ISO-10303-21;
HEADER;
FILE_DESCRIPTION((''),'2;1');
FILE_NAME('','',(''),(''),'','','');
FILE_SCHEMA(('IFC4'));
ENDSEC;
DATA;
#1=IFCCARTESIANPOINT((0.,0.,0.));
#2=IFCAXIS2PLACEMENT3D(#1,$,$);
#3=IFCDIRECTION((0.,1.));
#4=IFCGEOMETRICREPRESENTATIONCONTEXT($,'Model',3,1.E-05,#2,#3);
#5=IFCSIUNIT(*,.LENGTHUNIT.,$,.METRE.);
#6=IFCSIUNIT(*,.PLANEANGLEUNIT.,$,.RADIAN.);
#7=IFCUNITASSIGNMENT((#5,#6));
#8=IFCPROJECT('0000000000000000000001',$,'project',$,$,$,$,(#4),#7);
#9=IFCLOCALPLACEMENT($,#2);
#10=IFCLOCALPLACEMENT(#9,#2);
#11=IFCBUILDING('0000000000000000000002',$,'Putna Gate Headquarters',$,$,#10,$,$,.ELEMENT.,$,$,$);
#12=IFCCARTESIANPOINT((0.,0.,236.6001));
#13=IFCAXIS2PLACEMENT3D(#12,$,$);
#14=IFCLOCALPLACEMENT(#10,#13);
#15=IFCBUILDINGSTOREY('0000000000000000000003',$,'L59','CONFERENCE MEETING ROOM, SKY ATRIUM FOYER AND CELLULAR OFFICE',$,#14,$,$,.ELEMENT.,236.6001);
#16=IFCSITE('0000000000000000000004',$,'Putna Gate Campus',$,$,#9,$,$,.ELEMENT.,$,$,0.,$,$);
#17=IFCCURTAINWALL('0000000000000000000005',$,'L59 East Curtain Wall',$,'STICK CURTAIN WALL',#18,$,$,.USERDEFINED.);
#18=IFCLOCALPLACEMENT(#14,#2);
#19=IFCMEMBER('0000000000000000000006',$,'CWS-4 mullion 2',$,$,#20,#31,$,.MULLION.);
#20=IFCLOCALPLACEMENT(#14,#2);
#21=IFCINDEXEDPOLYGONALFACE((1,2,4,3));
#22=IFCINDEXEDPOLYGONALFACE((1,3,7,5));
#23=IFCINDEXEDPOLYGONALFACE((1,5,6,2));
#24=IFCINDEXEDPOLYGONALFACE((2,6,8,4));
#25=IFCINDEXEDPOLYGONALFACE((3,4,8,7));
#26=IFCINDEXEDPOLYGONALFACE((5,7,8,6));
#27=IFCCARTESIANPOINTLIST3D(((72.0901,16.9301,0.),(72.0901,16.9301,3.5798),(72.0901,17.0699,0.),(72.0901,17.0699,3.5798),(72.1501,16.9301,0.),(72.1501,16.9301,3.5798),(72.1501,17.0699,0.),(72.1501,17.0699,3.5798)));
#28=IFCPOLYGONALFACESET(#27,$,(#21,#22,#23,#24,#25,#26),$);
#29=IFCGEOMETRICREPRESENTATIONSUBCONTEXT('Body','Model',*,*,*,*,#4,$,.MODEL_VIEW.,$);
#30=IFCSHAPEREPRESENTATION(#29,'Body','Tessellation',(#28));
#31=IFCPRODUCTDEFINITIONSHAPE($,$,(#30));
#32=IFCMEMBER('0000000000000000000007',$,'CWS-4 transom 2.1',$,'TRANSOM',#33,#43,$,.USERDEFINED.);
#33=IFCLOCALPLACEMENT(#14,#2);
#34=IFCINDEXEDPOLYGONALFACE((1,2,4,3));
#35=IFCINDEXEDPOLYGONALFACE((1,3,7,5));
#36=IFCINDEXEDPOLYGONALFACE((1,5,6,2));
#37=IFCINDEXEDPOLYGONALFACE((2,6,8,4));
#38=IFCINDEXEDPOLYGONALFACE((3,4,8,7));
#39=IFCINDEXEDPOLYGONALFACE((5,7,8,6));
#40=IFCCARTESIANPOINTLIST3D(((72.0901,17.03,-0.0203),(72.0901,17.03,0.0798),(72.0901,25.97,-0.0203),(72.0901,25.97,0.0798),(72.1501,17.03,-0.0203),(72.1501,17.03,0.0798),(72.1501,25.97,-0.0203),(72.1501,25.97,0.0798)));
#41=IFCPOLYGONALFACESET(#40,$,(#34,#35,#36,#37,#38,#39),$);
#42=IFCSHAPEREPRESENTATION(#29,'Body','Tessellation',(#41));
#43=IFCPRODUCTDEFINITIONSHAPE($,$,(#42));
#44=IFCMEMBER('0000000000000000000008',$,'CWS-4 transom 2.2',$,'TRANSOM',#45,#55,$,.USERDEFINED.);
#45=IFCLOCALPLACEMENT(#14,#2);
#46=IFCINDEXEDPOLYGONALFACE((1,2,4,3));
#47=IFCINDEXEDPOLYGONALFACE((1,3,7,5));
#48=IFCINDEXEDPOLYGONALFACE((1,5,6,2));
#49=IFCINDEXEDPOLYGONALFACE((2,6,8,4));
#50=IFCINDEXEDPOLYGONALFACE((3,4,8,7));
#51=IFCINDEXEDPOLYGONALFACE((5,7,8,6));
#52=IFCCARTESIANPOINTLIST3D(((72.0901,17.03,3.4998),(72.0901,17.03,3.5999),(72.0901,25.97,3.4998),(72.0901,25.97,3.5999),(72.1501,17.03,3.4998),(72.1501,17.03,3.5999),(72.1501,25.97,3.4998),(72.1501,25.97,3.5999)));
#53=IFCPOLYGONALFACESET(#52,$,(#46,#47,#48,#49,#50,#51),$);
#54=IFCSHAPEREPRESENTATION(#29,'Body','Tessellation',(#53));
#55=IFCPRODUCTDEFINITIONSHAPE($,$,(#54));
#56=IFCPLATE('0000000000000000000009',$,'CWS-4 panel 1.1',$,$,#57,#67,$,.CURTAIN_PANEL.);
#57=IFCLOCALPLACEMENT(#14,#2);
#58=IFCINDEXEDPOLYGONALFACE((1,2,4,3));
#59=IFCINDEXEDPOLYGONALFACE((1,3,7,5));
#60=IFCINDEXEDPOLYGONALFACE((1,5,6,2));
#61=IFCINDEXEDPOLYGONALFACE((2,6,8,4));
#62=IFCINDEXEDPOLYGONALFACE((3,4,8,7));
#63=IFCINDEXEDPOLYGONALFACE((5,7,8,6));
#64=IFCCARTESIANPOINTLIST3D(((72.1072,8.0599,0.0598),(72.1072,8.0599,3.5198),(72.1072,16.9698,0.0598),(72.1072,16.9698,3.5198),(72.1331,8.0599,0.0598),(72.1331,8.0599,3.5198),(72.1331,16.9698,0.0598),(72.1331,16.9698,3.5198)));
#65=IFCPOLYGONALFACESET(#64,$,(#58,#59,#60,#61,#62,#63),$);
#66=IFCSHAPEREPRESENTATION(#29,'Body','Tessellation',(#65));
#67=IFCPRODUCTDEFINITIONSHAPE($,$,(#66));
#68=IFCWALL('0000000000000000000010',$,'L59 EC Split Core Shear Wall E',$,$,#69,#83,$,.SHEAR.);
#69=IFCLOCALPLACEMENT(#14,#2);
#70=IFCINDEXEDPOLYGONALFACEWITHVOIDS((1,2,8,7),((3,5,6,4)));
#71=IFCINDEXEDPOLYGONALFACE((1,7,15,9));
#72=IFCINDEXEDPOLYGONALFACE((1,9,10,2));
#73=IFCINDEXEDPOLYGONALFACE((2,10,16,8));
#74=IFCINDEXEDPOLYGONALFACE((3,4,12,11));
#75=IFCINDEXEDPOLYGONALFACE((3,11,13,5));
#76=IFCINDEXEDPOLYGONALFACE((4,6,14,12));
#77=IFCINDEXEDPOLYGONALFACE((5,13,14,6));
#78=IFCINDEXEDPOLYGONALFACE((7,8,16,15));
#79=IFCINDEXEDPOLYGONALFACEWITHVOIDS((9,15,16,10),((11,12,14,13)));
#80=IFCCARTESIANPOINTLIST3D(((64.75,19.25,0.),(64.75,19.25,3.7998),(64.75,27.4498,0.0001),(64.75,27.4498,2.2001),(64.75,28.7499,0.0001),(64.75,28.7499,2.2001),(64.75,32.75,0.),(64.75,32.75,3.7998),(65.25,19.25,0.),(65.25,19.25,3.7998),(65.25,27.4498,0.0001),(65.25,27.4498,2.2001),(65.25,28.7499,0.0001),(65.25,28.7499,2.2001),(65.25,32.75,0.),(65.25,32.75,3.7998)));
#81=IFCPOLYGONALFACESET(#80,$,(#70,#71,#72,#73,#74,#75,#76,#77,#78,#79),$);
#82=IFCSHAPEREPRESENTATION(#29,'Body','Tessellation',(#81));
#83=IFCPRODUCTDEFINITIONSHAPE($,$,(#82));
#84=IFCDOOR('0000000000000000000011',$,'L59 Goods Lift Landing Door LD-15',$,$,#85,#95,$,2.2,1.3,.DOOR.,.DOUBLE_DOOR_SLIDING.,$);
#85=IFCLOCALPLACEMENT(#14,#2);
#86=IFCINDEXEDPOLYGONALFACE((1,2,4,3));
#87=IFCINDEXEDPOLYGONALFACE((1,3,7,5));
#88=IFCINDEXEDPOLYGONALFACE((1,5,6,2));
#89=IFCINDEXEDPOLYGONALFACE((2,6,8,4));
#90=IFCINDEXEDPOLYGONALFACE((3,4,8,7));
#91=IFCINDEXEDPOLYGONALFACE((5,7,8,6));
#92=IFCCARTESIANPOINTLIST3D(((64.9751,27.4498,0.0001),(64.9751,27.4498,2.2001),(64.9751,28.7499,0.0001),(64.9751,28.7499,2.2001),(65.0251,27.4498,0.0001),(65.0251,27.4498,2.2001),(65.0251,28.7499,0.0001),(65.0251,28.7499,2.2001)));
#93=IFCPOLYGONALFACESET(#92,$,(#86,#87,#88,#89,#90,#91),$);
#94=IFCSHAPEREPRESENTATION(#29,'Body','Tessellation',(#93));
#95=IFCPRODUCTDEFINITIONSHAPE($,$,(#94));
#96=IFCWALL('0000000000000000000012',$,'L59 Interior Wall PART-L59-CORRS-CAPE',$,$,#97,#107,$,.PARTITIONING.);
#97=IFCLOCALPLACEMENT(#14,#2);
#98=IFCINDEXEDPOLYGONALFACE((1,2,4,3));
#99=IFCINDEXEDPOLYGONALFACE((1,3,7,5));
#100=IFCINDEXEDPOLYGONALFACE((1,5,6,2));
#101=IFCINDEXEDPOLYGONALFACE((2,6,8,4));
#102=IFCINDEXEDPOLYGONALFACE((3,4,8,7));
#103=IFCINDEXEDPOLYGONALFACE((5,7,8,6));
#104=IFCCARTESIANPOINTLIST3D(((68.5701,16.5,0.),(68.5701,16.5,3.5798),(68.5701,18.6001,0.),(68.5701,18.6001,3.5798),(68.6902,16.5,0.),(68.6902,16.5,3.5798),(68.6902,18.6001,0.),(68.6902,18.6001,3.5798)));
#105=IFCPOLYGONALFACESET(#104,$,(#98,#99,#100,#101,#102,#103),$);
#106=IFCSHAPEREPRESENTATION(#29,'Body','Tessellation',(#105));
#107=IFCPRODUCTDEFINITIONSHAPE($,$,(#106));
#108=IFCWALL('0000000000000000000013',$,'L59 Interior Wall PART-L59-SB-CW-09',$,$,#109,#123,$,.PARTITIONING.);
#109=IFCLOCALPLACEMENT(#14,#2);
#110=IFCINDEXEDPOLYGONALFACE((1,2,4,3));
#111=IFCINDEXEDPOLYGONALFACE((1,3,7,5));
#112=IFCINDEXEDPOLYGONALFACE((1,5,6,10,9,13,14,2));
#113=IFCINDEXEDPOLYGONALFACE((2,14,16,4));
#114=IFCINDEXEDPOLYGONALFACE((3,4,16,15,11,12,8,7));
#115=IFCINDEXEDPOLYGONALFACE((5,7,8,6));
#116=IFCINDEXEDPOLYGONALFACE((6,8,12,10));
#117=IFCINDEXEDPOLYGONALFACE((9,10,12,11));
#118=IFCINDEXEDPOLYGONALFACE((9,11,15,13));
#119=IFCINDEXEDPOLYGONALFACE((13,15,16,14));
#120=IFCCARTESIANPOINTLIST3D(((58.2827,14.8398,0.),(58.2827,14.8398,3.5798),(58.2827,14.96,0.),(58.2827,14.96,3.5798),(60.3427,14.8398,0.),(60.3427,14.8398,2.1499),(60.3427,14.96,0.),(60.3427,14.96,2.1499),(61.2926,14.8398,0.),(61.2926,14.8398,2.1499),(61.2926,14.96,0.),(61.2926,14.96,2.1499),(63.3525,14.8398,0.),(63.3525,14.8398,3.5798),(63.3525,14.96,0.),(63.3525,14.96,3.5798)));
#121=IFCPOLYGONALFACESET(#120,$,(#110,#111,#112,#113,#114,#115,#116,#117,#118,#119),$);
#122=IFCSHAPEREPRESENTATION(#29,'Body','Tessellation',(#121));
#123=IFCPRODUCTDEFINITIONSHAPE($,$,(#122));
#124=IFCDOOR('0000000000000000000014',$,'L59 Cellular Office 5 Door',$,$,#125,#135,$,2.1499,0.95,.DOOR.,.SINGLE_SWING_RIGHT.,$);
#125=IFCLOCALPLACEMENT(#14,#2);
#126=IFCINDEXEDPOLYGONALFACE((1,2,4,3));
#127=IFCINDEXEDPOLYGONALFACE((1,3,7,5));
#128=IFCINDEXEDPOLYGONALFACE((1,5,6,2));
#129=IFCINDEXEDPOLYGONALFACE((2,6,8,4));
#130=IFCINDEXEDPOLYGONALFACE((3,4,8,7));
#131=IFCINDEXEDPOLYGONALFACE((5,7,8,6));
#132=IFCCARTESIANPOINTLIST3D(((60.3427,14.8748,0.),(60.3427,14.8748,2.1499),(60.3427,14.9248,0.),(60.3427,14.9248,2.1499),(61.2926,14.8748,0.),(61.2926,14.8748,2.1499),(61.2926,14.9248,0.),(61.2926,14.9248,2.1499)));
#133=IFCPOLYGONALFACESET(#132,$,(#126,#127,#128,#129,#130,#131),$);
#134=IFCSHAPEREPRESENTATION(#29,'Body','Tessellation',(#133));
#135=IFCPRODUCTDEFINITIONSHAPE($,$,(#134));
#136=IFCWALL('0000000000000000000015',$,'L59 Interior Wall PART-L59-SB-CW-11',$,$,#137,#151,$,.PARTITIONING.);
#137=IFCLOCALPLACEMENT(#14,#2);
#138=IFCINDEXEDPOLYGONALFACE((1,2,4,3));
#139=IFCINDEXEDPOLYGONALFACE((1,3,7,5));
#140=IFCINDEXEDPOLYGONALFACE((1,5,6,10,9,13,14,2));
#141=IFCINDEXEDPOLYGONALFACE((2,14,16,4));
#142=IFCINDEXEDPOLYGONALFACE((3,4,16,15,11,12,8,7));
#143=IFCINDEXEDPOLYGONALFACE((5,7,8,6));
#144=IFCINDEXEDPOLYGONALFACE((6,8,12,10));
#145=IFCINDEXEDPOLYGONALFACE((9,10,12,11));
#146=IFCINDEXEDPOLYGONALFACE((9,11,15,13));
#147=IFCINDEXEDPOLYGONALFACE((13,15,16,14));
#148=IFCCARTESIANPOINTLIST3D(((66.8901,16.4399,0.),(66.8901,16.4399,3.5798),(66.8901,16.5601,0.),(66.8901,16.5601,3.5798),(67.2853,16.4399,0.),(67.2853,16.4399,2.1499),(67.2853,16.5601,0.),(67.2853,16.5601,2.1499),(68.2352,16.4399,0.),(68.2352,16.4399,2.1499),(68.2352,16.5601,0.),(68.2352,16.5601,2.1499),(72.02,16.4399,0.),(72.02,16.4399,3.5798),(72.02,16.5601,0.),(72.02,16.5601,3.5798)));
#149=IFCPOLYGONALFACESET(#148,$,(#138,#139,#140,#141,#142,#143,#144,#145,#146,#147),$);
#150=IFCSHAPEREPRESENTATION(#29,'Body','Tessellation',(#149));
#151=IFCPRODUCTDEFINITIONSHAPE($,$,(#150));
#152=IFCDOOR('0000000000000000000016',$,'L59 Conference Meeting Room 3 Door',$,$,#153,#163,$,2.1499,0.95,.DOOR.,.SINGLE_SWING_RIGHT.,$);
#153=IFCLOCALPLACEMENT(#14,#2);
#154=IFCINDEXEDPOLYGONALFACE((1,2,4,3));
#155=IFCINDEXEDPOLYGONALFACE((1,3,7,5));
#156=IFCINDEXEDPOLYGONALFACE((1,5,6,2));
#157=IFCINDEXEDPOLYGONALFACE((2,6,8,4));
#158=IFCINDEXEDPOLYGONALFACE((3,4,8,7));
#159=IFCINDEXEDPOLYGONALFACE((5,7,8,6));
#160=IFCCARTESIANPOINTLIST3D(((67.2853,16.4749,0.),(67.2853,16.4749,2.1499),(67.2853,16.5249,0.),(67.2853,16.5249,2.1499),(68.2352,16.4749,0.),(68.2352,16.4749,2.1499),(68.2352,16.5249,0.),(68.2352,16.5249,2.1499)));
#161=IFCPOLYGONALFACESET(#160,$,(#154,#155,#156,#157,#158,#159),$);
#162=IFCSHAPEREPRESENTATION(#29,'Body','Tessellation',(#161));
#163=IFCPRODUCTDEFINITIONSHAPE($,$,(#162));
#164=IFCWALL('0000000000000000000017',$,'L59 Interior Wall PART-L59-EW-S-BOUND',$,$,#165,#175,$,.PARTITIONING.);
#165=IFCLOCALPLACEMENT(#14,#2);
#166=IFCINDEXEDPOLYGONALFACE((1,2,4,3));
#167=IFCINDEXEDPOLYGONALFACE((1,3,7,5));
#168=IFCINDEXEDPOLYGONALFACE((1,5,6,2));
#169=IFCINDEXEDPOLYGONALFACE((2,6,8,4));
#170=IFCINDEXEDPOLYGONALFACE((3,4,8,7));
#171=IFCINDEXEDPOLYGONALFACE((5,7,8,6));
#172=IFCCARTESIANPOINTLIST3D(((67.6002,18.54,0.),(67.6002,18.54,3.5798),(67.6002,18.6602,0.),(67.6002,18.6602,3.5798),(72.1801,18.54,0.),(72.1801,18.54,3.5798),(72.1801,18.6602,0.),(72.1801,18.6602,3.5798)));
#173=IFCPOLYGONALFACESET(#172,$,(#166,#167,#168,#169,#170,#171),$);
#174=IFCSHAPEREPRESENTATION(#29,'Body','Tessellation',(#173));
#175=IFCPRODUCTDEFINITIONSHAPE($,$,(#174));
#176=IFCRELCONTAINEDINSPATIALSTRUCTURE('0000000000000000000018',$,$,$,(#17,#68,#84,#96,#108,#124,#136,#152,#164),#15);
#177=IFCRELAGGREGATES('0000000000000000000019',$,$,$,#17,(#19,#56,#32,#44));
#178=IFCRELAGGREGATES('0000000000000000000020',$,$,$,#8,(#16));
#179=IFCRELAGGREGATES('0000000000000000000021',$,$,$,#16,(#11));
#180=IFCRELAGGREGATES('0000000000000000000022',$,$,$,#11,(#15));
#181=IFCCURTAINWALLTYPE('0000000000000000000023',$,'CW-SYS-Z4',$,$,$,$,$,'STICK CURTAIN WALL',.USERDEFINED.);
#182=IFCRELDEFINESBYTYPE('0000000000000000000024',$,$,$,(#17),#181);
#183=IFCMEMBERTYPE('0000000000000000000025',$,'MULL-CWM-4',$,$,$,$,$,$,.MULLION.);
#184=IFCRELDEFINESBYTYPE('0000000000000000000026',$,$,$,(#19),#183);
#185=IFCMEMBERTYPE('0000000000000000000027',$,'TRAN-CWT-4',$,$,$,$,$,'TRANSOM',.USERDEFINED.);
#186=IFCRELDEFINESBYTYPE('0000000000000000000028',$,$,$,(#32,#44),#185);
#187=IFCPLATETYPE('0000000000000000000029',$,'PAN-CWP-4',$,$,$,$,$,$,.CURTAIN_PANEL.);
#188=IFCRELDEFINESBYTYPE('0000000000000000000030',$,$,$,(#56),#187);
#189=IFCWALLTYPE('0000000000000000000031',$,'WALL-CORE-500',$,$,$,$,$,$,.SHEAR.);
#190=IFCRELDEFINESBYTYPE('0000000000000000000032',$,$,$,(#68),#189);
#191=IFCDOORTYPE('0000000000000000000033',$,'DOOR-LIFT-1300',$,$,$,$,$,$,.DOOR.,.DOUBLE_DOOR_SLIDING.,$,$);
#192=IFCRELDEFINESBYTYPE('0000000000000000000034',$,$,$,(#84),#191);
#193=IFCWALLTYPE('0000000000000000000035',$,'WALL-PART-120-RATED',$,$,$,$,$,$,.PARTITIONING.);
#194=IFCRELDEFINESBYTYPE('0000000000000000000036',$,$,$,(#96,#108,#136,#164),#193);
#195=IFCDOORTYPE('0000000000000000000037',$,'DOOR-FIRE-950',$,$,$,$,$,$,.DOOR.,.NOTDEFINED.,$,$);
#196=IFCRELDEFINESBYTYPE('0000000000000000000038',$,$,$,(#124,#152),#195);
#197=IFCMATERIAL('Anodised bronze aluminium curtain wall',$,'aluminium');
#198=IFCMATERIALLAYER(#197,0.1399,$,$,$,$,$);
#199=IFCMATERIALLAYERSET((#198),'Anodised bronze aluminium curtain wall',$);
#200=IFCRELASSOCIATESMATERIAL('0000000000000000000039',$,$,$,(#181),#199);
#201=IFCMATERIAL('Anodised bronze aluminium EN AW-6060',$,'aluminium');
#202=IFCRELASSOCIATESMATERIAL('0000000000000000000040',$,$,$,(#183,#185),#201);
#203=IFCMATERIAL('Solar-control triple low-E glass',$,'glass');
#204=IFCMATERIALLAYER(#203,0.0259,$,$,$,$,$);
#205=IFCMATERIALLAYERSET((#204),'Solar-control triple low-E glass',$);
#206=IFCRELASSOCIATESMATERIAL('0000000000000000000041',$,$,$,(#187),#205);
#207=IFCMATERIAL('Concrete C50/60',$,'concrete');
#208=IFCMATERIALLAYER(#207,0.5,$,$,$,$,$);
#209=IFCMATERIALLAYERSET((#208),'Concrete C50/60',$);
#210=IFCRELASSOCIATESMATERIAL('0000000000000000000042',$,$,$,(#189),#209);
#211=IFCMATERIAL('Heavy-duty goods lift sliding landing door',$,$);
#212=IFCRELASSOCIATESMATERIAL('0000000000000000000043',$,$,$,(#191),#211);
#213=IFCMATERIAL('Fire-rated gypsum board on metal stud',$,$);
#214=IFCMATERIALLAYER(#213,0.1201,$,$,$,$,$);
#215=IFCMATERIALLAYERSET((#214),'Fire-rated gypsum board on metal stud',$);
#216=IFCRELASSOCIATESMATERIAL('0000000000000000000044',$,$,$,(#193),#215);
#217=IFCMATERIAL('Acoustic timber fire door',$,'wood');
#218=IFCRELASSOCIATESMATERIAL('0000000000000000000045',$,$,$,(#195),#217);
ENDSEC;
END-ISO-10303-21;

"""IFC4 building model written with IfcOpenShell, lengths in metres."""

from ifc_helpers import new_model, si_unit, direction, frame, frame_2d, origin, origin_2d, place, context, subcontext, project, spatial, rectangle, extrude, material, layer, layer_set, material_profile, profile_set, type_object, element, fill, aggregate, save


model = new_model("IFC4")

# Units and contexts
model_context = context("Model", 3, precision=1e-05, world=origin(), true_north=direction((0.0, 1.0)))
body_context = subcontext(model_context, "Body", "Model", "MODEL_VIEW")
ifc_project = project(units=[si_unit("LENGTHUNIT", "METRE"), si_unit("PLANEANGLEUNIT", "RADIAN")], contexts=[model_context])

# Site, building, storey
site_placement = place(None, origin())
site = spatial("IfcSite", under=ifc_project, at=site_placement, Name="Putna Gate Campus", CompositionType="ELEMENT", RefElevation=0.0)
building_placement = place(site_placement, origin())
building = spatial("IfcBuilding", under=site, at=building_placement, Name="Putna Gate Headquarters", CompositionType="ELEMENT")
storey_placement = place(building_placement, frame((0.0, 0.0, 236.6001)))
storey = spatial("IfcBuildingStorey", under=building, at=storey_placement, Name="L59", Description="CONFERENCE MEETING ROOM, SKY ATRIUM FOYER AND CELLULAR OFFICE", CompositionType="ELEMENT", Elevation=236.6001)

# Curtain wall, members, plate
ifc_material_1 = material(Name="Anodised bronze aluminium curtain wall", Category="aluminium")
ifc_layer_1 = layer(ifc_material_1, 0.1399)
ifc_layer_set_1 = layer_set([ifc_layer_1], Name="Anodised bronze aluminium curtain wall")
curtain_wall_type = type_object("IfcCurtainWallType", Name="CW-SYS-Z4", ElementType="STICK CURTAIN WALL", PredefinedType="USERDEFINED", material=ifc_layer_set_1)
curtain_wall_placement = place(storey_placement, origin())
curtain_wall = element("IfcCurtainWall", 1, at=curtain_wall_placement, inside=storey, type_object=curtain_wall_type, Name="L59 East Curtain Wall", ObjectType="STICK CURTAIN WALL", PredefinedType="USERDEFINED")
ifc_material_2 = material(Name="Anodised bronze aluminium EN AW-6060", Category="aluminium")
ifc_material_profile_1 = material_profile(ifc_material_2, rectangle(XDim=0.0601, YDim=0.1399, at=origin_2d()), Name="Anodised bronze aluminium EN AW-6060")
ifc_profile_set_1 = profile_set([ifc_material_profile_1], Name="Anodised bronze aluminium EN AW-6060")
member_type_1 = type_object("IfcMemberType", Name="MULL-CWM-4", PredefinedType="MULLION", material=ifc_profile_set_1)
member_1_placement = place(storey_placement, frame((72.1201, 17.0, 0.0), z_axis=(0.0, 0.0, 1.0), x_axis=(-1.0, 0.0, 0.0)))
member_1 = element("IfcMember", 2, at=member_1_placement, type_object=member_type_1, Name="CWS-4 mullion 2", PredefinedType="MULLION", context=body_context, shape_type="SweptSolid", body=[
    extrude(rectangle(XDim=0.0601, YDim=0.1399, at=origin_2d()), origin(), (0.0, 0.0, 1.0), 3.5798),
])
ifc_material_profile_2 = material_profile(ifc_material_2, rectangle(XDim=0.0601, YDim=0.1001, at=origin_2d()), Name="Anodised bronze aluminium EN AW-6060")
ifc_profile_set_2 = profile_set([ifc_material_profile_2], Name="Anodised bronze aluminium EN AW-6060")
member_type_2 = type_object("IfcMemberType", Name="TRAN-CWT-4", ElementType="TRANSOM", PredefinedType="USERDEFINED", material=ifc_profile_set_2)
member_2_placement = place(storey_placement, frame((72.1201, 17.03, 0.0298), z_axis=(0.0, 1.0, 0.0), x_axis=(-1.0, 0.0, 0.0)))
member_2 = element("IfcMember", 3, at=member_2_placement, type_object=member_type_2, Name="CWS-4 transom 2.1", ObjectType="TRANSOM", PredefinedType="USERDEFINED", context=body_context, shape_type="SweptSolid", body=[
    extrude(rectangle(XDim=0.0601, YDim=0.1001, at=origin_2d()), origin(), (0.0, 0.0, 1.0), 8.9399),
])
member_3_placement = place(storey_placement, frame((72.1201, 17.03, 3.5498), z_axis=(0.0, 1.0, 0.0), x_axis=(-1.0, 0.0, 0.0)))
member_3 = element("IfcMember", 4, at=member_3_placement, type_object=member_type_2, Name="CWS-4 transom 2.2", ObjectType="TRANSOM", PredefinedType="USERDEFINED", context=body_context, shape_type="SweptSolid", body=[
    extrude(rectangle(XDim=0.0601, YDim=0.1001, at=origin_2d()), origin(), (0.0, 0.0, 1.0), 8.9399),
])
ifc_material_3 = material(Name="Solar-control triple low-E glass", Category="glass")
ifc_layer_2 = layer(ifc_material_3, 0.0259)
ifc_layer_set_2 = layer_set([ifc_layer_2], Name="Solar-control triple low-E glass")
plate_type = type_object("IfcPlateType", Name="PAN-CWP-4", PredefinedType="CURTAIN_PANEL", material=ifc_layer_set_2)
plate_placement = place(storey_placement, frame((72.1201, 12.5149, 0.0598), z_axis=(0.0, 0.0, 1.0), x_axis=(0.0, 1.0, 0.0)))
plate = element("IfcPlate", 5, at=plate_placement, type_object=plate_type, Name="CWS-4 panel 1.1", PredefinedType="CURTAIN_PANEL", context=body_context, shape_type="SweptSolid", body=[
    extrude(rectangle(XDim=8.9099, YDim=0.0259, at=origin_2d()), origin(), (0.0, 0.0, 1.0), 3.46),
])
aggregate(curtain_wall, [member_1, plate, member_2, member_3])

# Wall, opening, door
ifc_material_4 = material(Name="Concrete C50/60", Category="concrete")
ifc_layer_3 = layer(ifc_material_4, 0.5)
ifc_layer_set_3 = layer_set([ifc_layer_3], Name="Concrete C50/60")
wall_type_1 = type_object("IfcWallType", Name="WALL-CORE-500", PredefinedType="SHEAR", material=ifc_layer_set_3)
wall_1_placement = place(storey_placement, frame((65.0, 19.25, 0.0), z_axis=(0.0, 0.0, 1.0), x_axis=(0.0, 1.0, 0.0)))
wall_1 = element("IfcWall", 6, at=wall_1_placement, inside=storey, type_object=wall_type_1, Name="L59 EC Split Core Shear Wall E", PredefinedType="SHEAR", context=body_context, shape_type="SweptSolid", body=[
    extrude(rectangle(XDim=13.5, YDim=0.5, at=frame_2d((6.75, 0.0))), origin(), (0.0, 0.0, 1.0), 3.7998),
])
opening_1_placement = place(wall_1_placement, frame((8.2, 0.0, 0.0)))
opening_1 = element("IfcOpeningElement", 7, at=opening_1_placement, cuts=wall_1, PredefinedType="OPENING", context=body_context, shape_type="SweptSolid", body=[
    extrude(rectangle(XDim=1.3, YDim=2.2, at=frame_2d((0.6499, 1.1001))), frame((0.0, 0.26, 0.0), z_axis=(0.0, -1.0, 0.0), x_axis=(1.0, 0.0, 0.0)), (0.0, 0.0, 1.0), 0.52),
])
ifc_material_5 = material(Name="Heavy-duty goods lift sliding landing door")
door_type_1 = type_object("IfcDoorType", Name="DOOR-LIFT-1300", OperationType="DOUBLE_DOOR_SLIDING", PredefinedType="DOOR", material=ifc_material_5)
door_1_placement = place(opening_1_placement, origin())
door_1 = element("IfcDoor", 8, at=door_1_placement, inside=storey, type_object=door_type_1, Name="L59 Goods Lift Landing Door LD-15", OperationType="DOUBLE_DOOR_SLIDING", OverallHeight=2.2, OverallWidth=1.3, PredefinedType="DOOR", context=body_context, shape_type="SweptSolid", body=[
    extrude(rectangle(XDim=1.3, YDim=2.2, at=frame_2d((0.6499, 1.1001))), frame((0.0, 0.0249, 0.0), z_axis=(0.0, -1.0, 0.0), x_axis=(1.0, 0.0, 0.0)), (0.0, 0.0, 1.0), 0.05),
])
fill(opening_1, door_1)

# Wall
ifc_material_6 = material(Name="Fire-rated gypsum board on metal stud")
ifc_layer_4 = layer(ifc_material_6, 0.1201)
ifc_layer_set_4 = layer_set([ifc_layer_4], Name="Fire-rated gypsum board on metal stud")
wall_type_2 = type_object("IfcWallType", Name="WALL-PART-120-RATED", PredefinedType="PARTITIONING", material=ifc_layer_set_4)
wall_2_placement = place(storey_placement, frame((68.6301, 16.5, 0.0), z_axis=(0.0, 0.0, 1.0), x_axis=(0.0, 1.0, 0.0)))
element("IfcWall", 9, at=wall_2_placement, inside=storey, type_object=wall_type_2, Name="L59 Interior Wall PART-L59-CORRS-CAPE", PredefinedType="PARTITIONING", context=body_context, shape_type="SweptSolid", body=[
    extrude(rectangle(XDim=2.1001, YDim=0.1201, at=frame_2d((1.05, 0.0))), origin(), (0.0, 0.0, 1.0), 3.5798),
])

# Walls, openings, doors
wall_3_placement = place(storey_placement, frame((58.2827, 14.8999, 0.0), z_axis=(0.0, 0.0, 1.0), x_axis=(1.0, 0.0, 0.0)))
wall_3 = element("IfcWall", 10, at=wall_3_placement, inside=storey, type_object=wall_type_2, Name="L59 Interior Wall PART-L59-SB-CW-09", PredefinedType="PARTITIONING", context=body_context, shape_type="SweptSolid", body=[
    extrude(rectangle(XDim=5.0698, YDim=0.1201, at=frame_2d((2.5349, 0.0))), origin(), (0.0, 0.0, 1.0), 3.5798),
])
opening_2_placement = place(wall_3_placement, frame((2.0598, 0.0, 0.0)))
opening_2 = element("IfcOpeningElement", 11, at=opening_2_placement, cuts=wall_3, PredefinedType="OPENING", context=body_context, shape_type="SweptSolid", body=[
    extrude(rectangle(XDim=0.95, YDim=2.1499, at=frame_2d((0.4751, 1.075))), frame((0.0, 0.0701, 0.0), z_axis=(0.0, -1.0, 0.0), x_axis=(1.0, 0.0, 0.0)), (0.0, 0.0, 1.0), 0.1401),
])
ifc_material_7 = material(Name="Acoustic timber fire door", Category="wood")
door_type_2 = type_object("IfcDoorType", Name="DOOR-FIRE-950", OperationType="NOTDEFINED", PredefinedType="DOOR", material=ifc_material_7)
door_2_placement = place(opening_2_placement, origin())
door_2 = element("IfcDoor", 12, at=door_2_placement, inside=storey, type_object=door_type_2, Name="L59 Cellular Office 5 Door", OperationType="SINGLE_SWING_RIGHT", OverallHeight=2.1499, OverallWidth=0.95, PredefinedType="DOOR", context=body_context, shape_type="SweptSolid", body=[
    extrude(rectangle(XDim=0.95, YDim=2.1499, at=frame_2d((0.4751, 1.075))), frame((0.0, 0.0249, 0.0), z_axis=(0.0, -1.0, 0.0), x_axis=(1.0, 0.0, 0.0)), (0.0, 0.0, 1.0), 0.05),
])
fill(opening_2, door_2)
wall_4_placement = place(storey_placement, frame((66.8901, 16.5, 0.0), z_axis=(0.0, 0.0, 1.0), x_axis=(1.0, 0.0, 0.0)))
wall_4 = element("IfcWall", 13, at=wall_4_placement, inside=storey, type_object=wall_type_2, Name="L59 Interior Wall PART-L59-SB-CW-11", PredefinedType="PARTITIONING", context=body_context, shape_type="SweptSolid", body=[
    extrude(rectangle(XDim=5.1299, YDim=0.1201, at=frame_2d((2.5649, 0.0))), origin(), (0.0, 0.0, 1.0), 3.5798),
])
opening_3_placement = place(wall_4_placement, frame((0.395, 0.0, 0.0)))
opening_3 = element("IfcOpeningElement", 14, at=opening_3_placement, cuts=wall_4, PredefinedType="OPENING", context=body_context, shape_type="SweptSolid", body=[
    extrude(rectangle(XDim=0.95, YDim=2.1499, at=frame_2d((0.4751, 1.075))), frame((0.0, 0.0701, 0.0), z_axis=(0.0, -1.0, 0.0), x_axis=(1.0, 0.0, 0.0)), (0.0, 0.0, 1.0), 0.1401),
])
door_3_placement = place(opening_3_placement, origin())
door_3 = element("IfcDoor", 15, at=door_3_placement, inside=storey, type_object=door_type_2, Name="L59 Conference Meeting Room 3 Door", OperationType="SINGLE_SWING_RIGHT", OverallHeight=2.1499, OverallWidth=0.95, PredefinedType="DOOR", context=body_context, shape_type="SweptSolid", body=[
    extrude(rectangle(XDim=0.95, YDim=2.1499, at=frame_2d((0.4751, 1.075))), frame((0.0, 0.0249, 0.0), z_axis=(0.0, -1.0, 0.0), x_axis=(1.0, 0.0, 0.0)), (0.0, 0.0, 1.0), 0.05),
])
fill(opening_3, door_3)

# Wall
wall_5_placement = place(storey_placement, frame((67.6001, 18.6001, 0.0), z_axis=(0.0, 0.0, 1.0), x_axis=(1.0, 0.0, 0.0)))
element("IfcWall", 16, at=wall_5_placement, inside=storey, type_object=wall_type_2, Name="L59 Interior Wall PART-L59-EW-S-BOUND", PredefinedType="PARTITIONING", context=body_context, shape_type="SweptSolid", body=[
    extrude(rectangle(XDim=4.5798, YDim=0.1201, at=frame_2d((2.29, 0.0))), origin(), (0.0, 0.0, 1.0), 3.5798),
])

save(model, "model.ifc")
